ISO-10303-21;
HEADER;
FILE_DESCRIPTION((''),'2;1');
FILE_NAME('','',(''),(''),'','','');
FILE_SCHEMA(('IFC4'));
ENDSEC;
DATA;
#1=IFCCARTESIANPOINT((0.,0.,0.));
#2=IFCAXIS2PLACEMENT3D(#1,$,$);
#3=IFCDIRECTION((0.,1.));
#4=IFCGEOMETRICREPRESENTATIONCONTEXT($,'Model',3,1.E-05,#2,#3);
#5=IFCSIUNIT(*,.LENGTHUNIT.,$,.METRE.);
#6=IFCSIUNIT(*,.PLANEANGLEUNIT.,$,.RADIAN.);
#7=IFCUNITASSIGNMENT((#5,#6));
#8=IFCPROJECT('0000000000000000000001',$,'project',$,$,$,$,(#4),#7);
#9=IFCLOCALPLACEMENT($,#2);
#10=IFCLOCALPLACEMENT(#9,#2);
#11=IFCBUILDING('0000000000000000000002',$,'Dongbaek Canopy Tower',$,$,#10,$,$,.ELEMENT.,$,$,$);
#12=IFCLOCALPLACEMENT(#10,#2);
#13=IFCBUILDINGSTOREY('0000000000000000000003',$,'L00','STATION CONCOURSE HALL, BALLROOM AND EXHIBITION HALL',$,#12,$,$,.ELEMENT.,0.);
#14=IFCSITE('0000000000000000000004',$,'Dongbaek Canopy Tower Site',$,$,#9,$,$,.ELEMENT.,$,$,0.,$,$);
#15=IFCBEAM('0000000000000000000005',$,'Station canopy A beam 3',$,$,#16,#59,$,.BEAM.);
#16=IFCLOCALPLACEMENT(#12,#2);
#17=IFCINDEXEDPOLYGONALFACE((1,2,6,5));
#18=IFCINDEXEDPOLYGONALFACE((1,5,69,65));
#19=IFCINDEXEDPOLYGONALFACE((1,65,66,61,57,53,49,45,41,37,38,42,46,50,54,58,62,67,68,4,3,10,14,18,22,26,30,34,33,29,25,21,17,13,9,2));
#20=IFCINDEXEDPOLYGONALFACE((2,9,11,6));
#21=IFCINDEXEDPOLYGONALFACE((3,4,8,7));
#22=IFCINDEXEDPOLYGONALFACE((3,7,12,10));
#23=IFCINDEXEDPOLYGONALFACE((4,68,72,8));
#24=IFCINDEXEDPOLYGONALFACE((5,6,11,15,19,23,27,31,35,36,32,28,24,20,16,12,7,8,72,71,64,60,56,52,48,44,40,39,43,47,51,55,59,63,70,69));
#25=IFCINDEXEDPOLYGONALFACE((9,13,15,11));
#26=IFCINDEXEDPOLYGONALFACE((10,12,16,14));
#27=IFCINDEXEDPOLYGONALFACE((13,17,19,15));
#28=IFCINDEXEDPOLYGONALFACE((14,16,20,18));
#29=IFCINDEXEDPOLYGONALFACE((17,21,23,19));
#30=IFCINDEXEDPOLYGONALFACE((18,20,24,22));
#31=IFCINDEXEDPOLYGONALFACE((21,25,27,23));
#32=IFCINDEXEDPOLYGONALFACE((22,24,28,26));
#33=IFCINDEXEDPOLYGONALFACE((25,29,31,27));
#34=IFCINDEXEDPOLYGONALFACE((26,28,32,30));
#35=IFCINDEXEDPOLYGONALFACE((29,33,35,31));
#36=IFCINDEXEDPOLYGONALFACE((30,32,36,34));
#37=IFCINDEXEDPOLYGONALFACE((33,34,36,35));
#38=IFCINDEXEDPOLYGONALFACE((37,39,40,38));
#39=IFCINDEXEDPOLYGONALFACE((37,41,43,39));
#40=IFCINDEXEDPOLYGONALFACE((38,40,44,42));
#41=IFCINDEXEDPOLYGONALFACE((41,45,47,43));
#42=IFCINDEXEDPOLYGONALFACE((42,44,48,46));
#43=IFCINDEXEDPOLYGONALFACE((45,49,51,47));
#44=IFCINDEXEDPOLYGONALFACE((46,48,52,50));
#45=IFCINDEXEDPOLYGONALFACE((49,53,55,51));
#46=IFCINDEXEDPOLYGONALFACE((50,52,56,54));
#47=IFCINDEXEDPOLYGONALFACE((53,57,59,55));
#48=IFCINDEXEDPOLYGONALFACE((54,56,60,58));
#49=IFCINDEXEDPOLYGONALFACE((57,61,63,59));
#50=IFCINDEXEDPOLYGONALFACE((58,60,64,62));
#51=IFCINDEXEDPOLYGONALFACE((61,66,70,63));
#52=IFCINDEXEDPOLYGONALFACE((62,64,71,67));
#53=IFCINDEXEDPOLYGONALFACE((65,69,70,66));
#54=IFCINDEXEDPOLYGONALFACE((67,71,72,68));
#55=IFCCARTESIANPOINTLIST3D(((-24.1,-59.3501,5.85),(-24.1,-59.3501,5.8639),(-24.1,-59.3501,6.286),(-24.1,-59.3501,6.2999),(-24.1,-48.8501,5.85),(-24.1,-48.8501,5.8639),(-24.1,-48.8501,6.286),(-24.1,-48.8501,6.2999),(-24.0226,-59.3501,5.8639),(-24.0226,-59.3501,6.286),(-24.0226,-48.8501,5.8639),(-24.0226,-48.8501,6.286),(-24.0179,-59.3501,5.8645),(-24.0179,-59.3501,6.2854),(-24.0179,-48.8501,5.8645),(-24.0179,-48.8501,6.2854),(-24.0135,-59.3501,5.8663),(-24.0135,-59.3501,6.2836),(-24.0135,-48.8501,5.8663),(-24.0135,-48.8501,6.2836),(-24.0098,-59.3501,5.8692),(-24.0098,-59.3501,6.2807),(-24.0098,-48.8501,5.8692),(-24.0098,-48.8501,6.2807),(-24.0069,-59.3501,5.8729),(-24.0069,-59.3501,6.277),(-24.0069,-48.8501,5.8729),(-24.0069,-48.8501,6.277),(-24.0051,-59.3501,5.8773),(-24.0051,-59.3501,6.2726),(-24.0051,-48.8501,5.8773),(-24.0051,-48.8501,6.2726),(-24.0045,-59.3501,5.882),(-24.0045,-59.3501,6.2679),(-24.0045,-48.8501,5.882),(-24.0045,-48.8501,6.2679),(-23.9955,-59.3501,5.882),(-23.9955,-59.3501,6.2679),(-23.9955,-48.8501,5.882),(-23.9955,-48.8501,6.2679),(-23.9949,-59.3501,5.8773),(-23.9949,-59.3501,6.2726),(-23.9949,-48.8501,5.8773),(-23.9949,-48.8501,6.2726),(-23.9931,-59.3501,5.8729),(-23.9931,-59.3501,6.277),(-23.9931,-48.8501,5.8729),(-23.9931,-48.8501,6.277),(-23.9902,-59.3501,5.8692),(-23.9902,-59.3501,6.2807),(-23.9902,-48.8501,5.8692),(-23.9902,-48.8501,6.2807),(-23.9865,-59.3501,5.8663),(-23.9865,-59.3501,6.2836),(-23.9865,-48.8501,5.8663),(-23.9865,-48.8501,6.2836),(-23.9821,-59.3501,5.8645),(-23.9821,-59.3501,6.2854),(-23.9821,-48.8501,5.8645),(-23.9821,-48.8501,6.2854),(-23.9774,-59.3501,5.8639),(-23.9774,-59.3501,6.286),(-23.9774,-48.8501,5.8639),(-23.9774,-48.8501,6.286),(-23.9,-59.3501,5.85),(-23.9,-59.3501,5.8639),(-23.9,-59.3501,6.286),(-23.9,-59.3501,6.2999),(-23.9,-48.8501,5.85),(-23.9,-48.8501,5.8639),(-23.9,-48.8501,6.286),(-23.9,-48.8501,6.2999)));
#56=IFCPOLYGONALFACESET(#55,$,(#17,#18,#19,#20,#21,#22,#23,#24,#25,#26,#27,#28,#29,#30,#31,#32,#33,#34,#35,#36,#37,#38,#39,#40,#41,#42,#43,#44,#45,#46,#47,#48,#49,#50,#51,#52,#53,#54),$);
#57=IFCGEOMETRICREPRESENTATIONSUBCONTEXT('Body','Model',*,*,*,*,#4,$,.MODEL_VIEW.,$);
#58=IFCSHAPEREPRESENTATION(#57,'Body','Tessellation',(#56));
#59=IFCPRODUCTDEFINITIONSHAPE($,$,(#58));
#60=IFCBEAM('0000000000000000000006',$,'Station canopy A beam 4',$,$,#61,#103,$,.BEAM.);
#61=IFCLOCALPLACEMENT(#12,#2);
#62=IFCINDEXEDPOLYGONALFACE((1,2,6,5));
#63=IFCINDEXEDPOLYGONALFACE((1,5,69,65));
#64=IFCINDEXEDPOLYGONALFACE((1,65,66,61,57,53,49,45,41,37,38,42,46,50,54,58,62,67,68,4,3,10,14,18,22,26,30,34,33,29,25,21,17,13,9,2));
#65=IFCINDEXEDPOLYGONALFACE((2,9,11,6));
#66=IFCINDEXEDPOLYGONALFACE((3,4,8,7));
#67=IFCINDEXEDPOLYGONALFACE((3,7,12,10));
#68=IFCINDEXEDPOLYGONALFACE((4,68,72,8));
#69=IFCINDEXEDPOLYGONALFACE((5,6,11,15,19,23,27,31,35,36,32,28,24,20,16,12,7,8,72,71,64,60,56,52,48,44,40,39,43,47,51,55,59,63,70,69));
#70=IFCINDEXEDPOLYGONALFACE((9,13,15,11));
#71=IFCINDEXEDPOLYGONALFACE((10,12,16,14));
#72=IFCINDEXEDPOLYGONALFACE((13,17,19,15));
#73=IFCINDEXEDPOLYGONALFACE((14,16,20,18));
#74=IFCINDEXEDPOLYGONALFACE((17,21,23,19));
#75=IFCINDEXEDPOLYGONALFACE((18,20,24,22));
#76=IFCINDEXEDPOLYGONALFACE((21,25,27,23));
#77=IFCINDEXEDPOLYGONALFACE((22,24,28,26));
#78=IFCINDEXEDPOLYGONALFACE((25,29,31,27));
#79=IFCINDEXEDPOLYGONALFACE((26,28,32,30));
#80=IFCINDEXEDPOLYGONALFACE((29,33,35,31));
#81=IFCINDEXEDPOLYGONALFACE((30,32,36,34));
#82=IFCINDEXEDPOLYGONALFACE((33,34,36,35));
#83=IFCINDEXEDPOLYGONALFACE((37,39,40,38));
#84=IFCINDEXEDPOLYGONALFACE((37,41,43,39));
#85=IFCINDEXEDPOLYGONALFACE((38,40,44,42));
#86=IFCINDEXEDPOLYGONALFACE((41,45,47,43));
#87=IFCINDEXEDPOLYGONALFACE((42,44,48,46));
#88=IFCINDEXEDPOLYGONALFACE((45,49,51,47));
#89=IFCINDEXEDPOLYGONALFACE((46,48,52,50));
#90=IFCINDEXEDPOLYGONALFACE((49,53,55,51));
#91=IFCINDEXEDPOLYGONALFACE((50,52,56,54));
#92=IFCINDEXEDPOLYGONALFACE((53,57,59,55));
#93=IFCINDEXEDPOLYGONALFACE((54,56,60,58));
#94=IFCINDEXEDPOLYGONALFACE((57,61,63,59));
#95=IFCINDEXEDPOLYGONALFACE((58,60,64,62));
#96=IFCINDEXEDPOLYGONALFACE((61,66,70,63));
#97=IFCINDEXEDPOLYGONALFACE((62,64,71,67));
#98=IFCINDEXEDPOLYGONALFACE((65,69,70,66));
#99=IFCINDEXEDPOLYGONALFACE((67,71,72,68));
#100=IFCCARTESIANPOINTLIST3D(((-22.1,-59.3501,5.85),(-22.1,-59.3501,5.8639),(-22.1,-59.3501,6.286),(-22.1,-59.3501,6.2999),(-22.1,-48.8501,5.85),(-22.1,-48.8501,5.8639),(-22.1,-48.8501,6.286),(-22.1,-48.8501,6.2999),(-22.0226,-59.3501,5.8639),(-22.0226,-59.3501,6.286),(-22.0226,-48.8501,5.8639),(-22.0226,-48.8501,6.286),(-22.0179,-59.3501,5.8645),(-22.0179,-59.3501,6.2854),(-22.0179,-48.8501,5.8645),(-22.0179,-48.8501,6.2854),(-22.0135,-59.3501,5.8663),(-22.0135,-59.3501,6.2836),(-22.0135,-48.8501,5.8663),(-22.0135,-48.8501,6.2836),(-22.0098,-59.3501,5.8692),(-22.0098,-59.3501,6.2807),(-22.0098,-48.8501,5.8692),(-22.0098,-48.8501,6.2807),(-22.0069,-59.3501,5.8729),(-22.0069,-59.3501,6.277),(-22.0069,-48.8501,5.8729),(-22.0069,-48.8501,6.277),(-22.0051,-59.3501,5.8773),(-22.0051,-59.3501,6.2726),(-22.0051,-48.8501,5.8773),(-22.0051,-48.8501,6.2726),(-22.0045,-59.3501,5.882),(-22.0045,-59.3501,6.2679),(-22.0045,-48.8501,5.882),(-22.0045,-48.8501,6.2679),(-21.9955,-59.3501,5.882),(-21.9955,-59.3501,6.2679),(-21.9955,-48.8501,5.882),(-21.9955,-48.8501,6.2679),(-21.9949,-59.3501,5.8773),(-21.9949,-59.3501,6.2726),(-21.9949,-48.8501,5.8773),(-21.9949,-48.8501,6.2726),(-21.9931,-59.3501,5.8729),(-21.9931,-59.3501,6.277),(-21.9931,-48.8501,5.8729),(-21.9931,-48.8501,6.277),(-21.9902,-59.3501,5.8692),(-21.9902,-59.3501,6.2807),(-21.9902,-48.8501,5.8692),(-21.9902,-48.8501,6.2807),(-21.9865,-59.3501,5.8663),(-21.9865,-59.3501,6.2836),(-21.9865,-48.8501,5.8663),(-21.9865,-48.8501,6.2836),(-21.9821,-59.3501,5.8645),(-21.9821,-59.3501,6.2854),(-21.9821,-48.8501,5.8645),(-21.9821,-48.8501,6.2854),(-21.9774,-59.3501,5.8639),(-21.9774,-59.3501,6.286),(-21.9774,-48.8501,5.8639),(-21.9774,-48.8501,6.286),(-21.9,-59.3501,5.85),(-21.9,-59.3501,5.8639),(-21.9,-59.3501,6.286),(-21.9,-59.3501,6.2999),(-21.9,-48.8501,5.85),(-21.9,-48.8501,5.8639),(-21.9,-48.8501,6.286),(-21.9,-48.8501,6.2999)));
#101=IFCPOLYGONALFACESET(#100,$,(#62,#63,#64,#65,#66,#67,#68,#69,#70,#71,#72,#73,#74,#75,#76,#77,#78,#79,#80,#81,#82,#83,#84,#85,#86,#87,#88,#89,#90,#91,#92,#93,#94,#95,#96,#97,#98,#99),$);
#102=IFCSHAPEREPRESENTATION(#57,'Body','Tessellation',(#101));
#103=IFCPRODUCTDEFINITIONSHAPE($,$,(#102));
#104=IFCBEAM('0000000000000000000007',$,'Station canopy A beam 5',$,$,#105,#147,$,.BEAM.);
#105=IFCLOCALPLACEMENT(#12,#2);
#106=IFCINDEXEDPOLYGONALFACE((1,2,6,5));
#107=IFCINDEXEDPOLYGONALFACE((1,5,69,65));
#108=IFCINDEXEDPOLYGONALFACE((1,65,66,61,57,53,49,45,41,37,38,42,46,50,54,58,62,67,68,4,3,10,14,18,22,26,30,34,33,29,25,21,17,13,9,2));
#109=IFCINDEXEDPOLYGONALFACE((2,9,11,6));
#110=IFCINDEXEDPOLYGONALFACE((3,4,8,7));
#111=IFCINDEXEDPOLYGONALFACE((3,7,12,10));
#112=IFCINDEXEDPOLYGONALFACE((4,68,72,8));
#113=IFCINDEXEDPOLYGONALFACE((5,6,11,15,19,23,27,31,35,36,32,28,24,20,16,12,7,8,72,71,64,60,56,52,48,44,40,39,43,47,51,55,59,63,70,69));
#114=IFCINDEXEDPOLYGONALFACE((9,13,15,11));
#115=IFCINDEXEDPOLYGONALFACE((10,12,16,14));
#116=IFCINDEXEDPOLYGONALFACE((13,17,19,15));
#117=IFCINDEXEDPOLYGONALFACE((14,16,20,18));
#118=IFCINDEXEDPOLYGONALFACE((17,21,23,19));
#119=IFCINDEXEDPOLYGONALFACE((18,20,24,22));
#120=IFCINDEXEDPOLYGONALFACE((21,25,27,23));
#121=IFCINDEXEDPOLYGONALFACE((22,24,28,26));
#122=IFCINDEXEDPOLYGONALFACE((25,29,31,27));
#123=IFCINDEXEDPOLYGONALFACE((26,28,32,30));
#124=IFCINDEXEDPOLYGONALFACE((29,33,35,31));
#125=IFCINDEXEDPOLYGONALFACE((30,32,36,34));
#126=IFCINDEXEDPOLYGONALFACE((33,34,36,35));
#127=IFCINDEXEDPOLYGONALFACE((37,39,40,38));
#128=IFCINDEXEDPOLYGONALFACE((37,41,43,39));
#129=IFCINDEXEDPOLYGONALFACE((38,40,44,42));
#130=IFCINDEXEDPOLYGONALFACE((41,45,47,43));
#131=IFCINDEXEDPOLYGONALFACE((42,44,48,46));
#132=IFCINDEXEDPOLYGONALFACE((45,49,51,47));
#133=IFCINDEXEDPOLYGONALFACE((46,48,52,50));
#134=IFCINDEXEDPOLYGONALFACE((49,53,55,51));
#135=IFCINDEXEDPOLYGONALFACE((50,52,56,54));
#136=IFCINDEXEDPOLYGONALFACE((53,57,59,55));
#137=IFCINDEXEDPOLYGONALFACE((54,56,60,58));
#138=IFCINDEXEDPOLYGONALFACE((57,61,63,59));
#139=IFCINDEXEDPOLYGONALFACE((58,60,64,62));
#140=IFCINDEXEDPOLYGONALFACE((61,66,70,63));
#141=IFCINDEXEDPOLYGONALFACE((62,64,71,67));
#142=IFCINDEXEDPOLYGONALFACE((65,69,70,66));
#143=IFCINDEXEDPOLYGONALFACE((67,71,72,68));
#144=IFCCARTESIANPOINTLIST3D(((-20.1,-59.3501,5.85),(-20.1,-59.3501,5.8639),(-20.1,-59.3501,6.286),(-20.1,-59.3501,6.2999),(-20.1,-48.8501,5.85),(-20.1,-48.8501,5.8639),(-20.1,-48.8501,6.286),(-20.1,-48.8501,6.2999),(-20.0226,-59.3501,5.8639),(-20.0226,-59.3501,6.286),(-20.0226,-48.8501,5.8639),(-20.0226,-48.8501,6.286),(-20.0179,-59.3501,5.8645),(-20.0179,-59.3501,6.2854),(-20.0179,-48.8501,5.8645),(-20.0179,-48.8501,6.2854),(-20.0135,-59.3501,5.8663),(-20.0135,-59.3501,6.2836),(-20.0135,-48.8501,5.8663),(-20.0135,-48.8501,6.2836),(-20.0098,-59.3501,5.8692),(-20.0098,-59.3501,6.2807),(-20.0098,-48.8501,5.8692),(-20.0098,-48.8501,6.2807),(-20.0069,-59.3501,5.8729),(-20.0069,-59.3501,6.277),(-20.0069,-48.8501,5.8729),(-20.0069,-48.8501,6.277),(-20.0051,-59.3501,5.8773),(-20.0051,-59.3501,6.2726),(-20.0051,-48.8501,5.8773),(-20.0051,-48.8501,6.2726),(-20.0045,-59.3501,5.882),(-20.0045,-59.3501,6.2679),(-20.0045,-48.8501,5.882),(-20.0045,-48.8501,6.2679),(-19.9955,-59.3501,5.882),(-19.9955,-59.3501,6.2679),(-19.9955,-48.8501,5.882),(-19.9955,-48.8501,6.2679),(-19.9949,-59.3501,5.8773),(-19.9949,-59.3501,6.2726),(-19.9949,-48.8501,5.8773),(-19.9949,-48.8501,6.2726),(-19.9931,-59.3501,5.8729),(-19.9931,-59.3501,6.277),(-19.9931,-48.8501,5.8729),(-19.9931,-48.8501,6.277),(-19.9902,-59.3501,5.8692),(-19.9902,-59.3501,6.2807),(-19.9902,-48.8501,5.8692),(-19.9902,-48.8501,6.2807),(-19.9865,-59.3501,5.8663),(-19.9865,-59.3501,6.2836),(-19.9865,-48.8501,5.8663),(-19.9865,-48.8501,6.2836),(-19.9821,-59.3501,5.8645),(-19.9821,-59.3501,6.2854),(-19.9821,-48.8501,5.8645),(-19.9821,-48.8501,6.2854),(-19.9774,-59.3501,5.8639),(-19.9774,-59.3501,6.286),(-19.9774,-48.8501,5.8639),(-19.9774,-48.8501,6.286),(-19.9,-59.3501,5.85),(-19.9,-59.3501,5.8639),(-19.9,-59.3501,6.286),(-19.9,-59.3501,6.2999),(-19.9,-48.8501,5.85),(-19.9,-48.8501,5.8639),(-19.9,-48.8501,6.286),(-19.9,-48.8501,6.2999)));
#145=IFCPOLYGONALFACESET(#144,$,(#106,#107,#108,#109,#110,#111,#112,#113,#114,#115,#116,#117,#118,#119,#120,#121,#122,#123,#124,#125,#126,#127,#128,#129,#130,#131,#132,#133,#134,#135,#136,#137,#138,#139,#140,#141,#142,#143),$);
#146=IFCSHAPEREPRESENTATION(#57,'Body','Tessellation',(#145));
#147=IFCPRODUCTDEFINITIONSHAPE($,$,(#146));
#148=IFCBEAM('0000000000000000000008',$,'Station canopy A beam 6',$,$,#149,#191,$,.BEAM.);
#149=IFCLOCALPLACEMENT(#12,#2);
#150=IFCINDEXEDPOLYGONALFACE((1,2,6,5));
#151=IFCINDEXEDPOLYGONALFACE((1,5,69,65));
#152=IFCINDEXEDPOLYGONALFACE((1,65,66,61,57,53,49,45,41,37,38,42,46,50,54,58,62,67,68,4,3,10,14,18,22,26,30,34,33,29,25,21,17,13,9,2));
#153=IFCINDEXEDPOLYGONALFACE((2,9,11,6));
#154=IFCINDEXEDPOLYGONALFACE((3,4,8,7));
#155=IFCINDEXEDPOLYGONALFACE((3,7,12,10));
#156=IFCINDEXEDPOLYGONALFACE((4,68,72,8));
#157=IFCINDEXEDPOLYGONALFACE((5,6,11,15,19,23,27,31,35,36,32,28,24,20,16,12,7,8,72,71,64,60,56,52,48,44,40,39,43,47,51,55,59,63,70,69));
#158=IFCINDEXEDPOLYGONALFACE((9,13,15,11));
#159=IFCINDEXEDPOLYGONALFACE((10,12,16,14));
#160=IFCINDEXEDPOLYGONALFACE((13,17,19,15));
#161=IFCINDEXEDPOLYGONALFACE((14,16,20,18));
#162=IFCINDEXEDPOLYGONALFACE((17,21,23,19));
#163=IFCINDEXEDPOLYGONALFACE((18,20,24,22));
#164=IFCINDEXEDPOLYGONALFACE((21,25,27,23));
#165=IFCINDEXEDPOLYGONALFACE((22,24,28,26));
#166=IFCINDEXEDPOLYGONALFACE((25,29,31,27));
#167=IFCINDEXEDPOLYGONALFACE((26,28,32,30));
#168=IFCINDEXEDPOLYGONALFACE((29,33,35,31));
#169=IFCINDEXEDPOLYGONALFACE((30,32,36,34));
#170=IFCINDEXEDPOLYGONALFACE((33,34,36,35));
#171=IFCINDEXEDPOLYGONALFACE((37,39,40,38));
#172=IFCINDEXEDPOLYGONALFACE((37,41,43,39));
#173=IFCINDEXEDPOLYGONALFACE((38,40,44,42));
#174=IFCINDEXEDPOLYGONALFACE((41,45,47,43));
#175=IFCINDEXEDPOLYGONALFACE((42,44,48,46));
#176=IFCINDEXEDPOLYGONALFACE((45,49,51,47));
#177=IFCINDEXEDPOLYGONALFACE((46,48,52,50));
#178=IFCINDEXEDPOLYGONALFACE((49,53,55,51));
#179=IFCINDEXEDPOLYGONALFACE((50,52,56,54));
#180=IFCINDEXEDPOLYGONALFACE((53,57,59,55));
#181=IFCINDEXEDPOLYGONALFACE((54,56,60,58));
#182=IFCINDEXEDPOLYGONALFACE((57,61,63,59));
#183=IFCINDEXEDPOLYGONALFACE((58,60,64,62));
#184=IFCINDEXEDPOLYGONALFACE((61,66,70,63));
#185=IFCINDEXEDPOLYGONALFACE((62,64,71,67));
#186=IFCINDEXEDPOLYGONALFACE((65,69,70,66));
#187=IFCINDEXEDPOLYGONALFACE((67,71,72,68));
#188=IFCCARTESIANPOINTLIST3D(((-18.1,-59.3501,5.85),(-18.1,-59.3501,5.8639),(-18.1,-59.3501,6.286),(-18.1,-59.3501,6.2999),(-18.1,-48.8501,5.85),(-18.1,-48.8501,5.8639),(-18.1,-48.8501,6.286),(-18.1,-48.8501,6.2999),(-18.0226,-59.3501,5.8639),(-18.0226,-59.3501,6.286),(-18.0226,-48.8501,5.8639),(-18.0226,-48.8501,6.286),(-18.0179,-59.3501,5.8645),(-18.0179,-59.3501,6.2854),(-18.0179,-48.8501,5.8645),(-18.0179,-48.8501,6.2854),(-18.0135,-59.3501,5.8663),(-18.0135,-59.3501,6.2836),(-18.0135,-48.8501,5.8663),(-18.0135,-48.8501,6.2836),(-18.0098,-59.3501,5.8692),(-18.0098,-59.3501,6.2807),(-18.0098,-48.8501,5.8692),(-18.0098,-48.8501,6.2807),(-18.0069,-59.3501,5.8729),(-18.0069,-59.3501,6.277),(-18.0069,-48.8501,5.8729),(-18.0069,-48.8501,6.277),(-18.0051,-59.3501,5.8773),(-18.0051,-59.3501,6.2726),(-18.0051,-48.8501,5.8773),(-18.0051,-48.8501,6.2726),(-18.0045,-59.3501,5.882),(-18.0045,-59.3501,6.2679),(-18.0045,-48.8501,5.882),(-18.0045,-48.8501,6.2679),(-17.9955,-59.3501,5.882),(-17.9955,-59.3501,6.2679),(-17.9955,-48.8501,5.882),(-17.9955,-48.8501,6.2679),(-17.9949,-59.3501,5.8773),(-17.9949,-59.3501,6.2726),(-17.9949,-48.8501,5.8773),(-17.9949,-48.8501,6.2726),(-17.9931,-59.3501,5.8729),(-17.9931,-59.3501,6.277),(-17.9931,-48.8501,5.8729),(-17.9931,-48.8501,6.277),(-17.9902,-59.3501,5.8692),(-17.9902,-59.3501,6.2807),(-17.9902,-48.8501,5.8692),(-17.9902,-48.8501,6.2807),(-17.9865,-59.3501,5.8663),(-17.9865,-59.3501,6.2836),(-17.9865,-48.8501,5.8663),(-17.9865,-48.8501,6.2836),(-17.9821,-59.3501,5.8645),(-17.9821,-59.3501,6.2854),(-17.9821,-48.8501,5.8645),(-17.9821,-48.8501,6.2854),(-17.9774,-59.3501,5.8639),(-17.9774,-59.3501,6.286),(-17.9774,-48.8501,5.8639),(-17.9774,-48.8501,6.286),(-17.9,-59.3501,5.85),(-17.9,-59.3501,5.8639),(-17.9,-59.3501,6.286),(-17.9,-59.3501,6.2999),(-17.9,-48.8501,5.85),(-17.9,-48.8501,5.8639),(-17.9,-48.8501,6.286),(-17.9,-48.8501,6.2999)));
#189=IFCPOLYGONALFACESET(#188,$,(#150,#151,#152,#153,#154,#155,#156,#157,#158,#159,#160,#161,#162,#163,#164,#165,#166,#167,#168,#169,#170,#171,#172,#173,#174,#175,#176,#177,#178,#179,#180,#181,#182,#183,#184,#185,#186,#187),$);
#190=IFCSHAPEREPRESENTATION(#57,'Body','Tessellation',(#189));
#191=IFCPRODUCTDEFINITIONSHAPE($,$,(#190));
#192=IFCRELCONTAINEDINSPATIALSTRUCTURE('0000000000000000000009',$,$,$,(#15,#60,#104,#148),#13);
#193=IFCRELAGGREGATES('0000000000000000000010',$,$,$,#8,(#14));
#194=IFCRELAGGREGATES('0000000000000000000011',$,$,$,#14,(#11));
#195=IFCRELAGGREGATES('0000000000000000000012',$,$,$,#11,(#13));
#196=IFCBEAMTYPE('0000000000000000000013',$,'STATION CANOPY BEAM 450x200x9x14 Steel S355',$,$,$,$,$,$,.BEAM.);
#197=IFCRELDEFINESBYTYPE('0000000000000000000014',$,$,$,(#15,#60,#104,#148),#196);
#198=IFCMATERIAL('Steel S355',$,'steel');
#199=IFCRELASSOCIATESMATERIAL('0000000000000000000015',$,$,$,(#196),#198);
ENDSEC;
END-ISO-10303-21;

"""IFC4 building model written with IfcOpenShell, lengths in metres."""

from ifc_helpers import new_model, si_unit, direction, frame, origin, origin_2d, place, context, subcontext, project, spatial, i_section, extrude, material, material_profile, profile_set, type_object, element, save


model = new_model("IFC4")

# Units and contexts
model_context = context("Model", 3, precision=1e-05, world=origin(), true_north=direction((0.0, 1.0)))
body_context = subcontext(model_context, "Body", "Model", "MODEL_VIEW")
ifc_project = project(units=[si_unit("LENGTHUNIT", "METRE"), si_unit("PLANEANGLEUNIT", "RADIAN")], contexts=[model_context])

# Site, building, storey
site_placement = place(None, origin())
site = spatial("IfcSite", under=ifc_project, at=site_placement, Name="Dongbaek Canopy Tower Site", CompositionType="ELEMENT", RefElevation=0.0)
building_placement = place(site_placement, origin())
building = spatial("IfcBuilding", under=site, at=building_placement, Name="Dongbaek Canopy Tower", CompositionType="ELEMENT")
storey_placement = place(building_placement, origin())
storey = spatial("IfcBuildingStorey", under=building, at=storey_placement, Name="L00", Description="STATION CONCOURSE HALL, BALLROOM AND EXHIBITION HALL", CompositionType="ELEMENT", Elevation=0.0)

# Beams
ifc_material_1 = material(Name="Steel S355", Category="steel")
ifc_material_profile_1 = material_profile(ifc_material_1, i_section(OverallWidth=0.2, OverallDepth=0.45, WebThickness=0.009, FlangeThickness=0.0139, FilletRadius=0.0181, at=origin_2d()), Name="STATION CANOPY BEAM 450x200x9x14 Steel S355")
ifc_profile_set_1 = profile_set([ifc_material_profile_1], Name="Steel S355")
beam_type_1 = type_object("IfcBeamType", Name="STATION CANOPY BEAM 450x200x9x14 Steel S355", PredefinedType="BEAM", material=ifc_profile_set_1)
for number, where, z_axis, x_axis, name in (
    (1, (-24.0, -59.3501, 6.075), (0.0, 1.0, 0.0), (-1.0, 0.0, 0.0), "Station canopy A beam 3"),
    (2, (-22.0, -59.3501, 6.075), (0.0, 1.0, 0.0), (-1.0, 0.0, 0.0), "Station canopy A beam 4"),
    (3, (-20.0, -59.3501, 6.075), (0.0, 1.0, 0.0), (-1.0, 0.0, 0.0), "Station canopy A beam 5"),
    (4, (-18.0, -59.3501, 6.075), (0.0, 1.0, 0.0), (-1.0, 0.0, 0.0), "Station canopy A beam 6"),
):
    element("IfcBeam", number, at=place(storey_placement, frame(where, z_axis=z_axis, x_axis=x_axis)), inside=storey, type_object=beam_type_1, Name=name, PredefinedType="BEAM", context=body_context, shape_type="SweptSolid", body=[
        extrude(i_section(OverallWidth=0.2, OverallDepth=0.45, WebThickness=0.009, FlangeThickness=0.0139, FilletRadius=0.0181, at=origin_2d()), origin(), (0.0, 0.0, 1.0), 10.5),
    ])

save(model, "model.ifc")
